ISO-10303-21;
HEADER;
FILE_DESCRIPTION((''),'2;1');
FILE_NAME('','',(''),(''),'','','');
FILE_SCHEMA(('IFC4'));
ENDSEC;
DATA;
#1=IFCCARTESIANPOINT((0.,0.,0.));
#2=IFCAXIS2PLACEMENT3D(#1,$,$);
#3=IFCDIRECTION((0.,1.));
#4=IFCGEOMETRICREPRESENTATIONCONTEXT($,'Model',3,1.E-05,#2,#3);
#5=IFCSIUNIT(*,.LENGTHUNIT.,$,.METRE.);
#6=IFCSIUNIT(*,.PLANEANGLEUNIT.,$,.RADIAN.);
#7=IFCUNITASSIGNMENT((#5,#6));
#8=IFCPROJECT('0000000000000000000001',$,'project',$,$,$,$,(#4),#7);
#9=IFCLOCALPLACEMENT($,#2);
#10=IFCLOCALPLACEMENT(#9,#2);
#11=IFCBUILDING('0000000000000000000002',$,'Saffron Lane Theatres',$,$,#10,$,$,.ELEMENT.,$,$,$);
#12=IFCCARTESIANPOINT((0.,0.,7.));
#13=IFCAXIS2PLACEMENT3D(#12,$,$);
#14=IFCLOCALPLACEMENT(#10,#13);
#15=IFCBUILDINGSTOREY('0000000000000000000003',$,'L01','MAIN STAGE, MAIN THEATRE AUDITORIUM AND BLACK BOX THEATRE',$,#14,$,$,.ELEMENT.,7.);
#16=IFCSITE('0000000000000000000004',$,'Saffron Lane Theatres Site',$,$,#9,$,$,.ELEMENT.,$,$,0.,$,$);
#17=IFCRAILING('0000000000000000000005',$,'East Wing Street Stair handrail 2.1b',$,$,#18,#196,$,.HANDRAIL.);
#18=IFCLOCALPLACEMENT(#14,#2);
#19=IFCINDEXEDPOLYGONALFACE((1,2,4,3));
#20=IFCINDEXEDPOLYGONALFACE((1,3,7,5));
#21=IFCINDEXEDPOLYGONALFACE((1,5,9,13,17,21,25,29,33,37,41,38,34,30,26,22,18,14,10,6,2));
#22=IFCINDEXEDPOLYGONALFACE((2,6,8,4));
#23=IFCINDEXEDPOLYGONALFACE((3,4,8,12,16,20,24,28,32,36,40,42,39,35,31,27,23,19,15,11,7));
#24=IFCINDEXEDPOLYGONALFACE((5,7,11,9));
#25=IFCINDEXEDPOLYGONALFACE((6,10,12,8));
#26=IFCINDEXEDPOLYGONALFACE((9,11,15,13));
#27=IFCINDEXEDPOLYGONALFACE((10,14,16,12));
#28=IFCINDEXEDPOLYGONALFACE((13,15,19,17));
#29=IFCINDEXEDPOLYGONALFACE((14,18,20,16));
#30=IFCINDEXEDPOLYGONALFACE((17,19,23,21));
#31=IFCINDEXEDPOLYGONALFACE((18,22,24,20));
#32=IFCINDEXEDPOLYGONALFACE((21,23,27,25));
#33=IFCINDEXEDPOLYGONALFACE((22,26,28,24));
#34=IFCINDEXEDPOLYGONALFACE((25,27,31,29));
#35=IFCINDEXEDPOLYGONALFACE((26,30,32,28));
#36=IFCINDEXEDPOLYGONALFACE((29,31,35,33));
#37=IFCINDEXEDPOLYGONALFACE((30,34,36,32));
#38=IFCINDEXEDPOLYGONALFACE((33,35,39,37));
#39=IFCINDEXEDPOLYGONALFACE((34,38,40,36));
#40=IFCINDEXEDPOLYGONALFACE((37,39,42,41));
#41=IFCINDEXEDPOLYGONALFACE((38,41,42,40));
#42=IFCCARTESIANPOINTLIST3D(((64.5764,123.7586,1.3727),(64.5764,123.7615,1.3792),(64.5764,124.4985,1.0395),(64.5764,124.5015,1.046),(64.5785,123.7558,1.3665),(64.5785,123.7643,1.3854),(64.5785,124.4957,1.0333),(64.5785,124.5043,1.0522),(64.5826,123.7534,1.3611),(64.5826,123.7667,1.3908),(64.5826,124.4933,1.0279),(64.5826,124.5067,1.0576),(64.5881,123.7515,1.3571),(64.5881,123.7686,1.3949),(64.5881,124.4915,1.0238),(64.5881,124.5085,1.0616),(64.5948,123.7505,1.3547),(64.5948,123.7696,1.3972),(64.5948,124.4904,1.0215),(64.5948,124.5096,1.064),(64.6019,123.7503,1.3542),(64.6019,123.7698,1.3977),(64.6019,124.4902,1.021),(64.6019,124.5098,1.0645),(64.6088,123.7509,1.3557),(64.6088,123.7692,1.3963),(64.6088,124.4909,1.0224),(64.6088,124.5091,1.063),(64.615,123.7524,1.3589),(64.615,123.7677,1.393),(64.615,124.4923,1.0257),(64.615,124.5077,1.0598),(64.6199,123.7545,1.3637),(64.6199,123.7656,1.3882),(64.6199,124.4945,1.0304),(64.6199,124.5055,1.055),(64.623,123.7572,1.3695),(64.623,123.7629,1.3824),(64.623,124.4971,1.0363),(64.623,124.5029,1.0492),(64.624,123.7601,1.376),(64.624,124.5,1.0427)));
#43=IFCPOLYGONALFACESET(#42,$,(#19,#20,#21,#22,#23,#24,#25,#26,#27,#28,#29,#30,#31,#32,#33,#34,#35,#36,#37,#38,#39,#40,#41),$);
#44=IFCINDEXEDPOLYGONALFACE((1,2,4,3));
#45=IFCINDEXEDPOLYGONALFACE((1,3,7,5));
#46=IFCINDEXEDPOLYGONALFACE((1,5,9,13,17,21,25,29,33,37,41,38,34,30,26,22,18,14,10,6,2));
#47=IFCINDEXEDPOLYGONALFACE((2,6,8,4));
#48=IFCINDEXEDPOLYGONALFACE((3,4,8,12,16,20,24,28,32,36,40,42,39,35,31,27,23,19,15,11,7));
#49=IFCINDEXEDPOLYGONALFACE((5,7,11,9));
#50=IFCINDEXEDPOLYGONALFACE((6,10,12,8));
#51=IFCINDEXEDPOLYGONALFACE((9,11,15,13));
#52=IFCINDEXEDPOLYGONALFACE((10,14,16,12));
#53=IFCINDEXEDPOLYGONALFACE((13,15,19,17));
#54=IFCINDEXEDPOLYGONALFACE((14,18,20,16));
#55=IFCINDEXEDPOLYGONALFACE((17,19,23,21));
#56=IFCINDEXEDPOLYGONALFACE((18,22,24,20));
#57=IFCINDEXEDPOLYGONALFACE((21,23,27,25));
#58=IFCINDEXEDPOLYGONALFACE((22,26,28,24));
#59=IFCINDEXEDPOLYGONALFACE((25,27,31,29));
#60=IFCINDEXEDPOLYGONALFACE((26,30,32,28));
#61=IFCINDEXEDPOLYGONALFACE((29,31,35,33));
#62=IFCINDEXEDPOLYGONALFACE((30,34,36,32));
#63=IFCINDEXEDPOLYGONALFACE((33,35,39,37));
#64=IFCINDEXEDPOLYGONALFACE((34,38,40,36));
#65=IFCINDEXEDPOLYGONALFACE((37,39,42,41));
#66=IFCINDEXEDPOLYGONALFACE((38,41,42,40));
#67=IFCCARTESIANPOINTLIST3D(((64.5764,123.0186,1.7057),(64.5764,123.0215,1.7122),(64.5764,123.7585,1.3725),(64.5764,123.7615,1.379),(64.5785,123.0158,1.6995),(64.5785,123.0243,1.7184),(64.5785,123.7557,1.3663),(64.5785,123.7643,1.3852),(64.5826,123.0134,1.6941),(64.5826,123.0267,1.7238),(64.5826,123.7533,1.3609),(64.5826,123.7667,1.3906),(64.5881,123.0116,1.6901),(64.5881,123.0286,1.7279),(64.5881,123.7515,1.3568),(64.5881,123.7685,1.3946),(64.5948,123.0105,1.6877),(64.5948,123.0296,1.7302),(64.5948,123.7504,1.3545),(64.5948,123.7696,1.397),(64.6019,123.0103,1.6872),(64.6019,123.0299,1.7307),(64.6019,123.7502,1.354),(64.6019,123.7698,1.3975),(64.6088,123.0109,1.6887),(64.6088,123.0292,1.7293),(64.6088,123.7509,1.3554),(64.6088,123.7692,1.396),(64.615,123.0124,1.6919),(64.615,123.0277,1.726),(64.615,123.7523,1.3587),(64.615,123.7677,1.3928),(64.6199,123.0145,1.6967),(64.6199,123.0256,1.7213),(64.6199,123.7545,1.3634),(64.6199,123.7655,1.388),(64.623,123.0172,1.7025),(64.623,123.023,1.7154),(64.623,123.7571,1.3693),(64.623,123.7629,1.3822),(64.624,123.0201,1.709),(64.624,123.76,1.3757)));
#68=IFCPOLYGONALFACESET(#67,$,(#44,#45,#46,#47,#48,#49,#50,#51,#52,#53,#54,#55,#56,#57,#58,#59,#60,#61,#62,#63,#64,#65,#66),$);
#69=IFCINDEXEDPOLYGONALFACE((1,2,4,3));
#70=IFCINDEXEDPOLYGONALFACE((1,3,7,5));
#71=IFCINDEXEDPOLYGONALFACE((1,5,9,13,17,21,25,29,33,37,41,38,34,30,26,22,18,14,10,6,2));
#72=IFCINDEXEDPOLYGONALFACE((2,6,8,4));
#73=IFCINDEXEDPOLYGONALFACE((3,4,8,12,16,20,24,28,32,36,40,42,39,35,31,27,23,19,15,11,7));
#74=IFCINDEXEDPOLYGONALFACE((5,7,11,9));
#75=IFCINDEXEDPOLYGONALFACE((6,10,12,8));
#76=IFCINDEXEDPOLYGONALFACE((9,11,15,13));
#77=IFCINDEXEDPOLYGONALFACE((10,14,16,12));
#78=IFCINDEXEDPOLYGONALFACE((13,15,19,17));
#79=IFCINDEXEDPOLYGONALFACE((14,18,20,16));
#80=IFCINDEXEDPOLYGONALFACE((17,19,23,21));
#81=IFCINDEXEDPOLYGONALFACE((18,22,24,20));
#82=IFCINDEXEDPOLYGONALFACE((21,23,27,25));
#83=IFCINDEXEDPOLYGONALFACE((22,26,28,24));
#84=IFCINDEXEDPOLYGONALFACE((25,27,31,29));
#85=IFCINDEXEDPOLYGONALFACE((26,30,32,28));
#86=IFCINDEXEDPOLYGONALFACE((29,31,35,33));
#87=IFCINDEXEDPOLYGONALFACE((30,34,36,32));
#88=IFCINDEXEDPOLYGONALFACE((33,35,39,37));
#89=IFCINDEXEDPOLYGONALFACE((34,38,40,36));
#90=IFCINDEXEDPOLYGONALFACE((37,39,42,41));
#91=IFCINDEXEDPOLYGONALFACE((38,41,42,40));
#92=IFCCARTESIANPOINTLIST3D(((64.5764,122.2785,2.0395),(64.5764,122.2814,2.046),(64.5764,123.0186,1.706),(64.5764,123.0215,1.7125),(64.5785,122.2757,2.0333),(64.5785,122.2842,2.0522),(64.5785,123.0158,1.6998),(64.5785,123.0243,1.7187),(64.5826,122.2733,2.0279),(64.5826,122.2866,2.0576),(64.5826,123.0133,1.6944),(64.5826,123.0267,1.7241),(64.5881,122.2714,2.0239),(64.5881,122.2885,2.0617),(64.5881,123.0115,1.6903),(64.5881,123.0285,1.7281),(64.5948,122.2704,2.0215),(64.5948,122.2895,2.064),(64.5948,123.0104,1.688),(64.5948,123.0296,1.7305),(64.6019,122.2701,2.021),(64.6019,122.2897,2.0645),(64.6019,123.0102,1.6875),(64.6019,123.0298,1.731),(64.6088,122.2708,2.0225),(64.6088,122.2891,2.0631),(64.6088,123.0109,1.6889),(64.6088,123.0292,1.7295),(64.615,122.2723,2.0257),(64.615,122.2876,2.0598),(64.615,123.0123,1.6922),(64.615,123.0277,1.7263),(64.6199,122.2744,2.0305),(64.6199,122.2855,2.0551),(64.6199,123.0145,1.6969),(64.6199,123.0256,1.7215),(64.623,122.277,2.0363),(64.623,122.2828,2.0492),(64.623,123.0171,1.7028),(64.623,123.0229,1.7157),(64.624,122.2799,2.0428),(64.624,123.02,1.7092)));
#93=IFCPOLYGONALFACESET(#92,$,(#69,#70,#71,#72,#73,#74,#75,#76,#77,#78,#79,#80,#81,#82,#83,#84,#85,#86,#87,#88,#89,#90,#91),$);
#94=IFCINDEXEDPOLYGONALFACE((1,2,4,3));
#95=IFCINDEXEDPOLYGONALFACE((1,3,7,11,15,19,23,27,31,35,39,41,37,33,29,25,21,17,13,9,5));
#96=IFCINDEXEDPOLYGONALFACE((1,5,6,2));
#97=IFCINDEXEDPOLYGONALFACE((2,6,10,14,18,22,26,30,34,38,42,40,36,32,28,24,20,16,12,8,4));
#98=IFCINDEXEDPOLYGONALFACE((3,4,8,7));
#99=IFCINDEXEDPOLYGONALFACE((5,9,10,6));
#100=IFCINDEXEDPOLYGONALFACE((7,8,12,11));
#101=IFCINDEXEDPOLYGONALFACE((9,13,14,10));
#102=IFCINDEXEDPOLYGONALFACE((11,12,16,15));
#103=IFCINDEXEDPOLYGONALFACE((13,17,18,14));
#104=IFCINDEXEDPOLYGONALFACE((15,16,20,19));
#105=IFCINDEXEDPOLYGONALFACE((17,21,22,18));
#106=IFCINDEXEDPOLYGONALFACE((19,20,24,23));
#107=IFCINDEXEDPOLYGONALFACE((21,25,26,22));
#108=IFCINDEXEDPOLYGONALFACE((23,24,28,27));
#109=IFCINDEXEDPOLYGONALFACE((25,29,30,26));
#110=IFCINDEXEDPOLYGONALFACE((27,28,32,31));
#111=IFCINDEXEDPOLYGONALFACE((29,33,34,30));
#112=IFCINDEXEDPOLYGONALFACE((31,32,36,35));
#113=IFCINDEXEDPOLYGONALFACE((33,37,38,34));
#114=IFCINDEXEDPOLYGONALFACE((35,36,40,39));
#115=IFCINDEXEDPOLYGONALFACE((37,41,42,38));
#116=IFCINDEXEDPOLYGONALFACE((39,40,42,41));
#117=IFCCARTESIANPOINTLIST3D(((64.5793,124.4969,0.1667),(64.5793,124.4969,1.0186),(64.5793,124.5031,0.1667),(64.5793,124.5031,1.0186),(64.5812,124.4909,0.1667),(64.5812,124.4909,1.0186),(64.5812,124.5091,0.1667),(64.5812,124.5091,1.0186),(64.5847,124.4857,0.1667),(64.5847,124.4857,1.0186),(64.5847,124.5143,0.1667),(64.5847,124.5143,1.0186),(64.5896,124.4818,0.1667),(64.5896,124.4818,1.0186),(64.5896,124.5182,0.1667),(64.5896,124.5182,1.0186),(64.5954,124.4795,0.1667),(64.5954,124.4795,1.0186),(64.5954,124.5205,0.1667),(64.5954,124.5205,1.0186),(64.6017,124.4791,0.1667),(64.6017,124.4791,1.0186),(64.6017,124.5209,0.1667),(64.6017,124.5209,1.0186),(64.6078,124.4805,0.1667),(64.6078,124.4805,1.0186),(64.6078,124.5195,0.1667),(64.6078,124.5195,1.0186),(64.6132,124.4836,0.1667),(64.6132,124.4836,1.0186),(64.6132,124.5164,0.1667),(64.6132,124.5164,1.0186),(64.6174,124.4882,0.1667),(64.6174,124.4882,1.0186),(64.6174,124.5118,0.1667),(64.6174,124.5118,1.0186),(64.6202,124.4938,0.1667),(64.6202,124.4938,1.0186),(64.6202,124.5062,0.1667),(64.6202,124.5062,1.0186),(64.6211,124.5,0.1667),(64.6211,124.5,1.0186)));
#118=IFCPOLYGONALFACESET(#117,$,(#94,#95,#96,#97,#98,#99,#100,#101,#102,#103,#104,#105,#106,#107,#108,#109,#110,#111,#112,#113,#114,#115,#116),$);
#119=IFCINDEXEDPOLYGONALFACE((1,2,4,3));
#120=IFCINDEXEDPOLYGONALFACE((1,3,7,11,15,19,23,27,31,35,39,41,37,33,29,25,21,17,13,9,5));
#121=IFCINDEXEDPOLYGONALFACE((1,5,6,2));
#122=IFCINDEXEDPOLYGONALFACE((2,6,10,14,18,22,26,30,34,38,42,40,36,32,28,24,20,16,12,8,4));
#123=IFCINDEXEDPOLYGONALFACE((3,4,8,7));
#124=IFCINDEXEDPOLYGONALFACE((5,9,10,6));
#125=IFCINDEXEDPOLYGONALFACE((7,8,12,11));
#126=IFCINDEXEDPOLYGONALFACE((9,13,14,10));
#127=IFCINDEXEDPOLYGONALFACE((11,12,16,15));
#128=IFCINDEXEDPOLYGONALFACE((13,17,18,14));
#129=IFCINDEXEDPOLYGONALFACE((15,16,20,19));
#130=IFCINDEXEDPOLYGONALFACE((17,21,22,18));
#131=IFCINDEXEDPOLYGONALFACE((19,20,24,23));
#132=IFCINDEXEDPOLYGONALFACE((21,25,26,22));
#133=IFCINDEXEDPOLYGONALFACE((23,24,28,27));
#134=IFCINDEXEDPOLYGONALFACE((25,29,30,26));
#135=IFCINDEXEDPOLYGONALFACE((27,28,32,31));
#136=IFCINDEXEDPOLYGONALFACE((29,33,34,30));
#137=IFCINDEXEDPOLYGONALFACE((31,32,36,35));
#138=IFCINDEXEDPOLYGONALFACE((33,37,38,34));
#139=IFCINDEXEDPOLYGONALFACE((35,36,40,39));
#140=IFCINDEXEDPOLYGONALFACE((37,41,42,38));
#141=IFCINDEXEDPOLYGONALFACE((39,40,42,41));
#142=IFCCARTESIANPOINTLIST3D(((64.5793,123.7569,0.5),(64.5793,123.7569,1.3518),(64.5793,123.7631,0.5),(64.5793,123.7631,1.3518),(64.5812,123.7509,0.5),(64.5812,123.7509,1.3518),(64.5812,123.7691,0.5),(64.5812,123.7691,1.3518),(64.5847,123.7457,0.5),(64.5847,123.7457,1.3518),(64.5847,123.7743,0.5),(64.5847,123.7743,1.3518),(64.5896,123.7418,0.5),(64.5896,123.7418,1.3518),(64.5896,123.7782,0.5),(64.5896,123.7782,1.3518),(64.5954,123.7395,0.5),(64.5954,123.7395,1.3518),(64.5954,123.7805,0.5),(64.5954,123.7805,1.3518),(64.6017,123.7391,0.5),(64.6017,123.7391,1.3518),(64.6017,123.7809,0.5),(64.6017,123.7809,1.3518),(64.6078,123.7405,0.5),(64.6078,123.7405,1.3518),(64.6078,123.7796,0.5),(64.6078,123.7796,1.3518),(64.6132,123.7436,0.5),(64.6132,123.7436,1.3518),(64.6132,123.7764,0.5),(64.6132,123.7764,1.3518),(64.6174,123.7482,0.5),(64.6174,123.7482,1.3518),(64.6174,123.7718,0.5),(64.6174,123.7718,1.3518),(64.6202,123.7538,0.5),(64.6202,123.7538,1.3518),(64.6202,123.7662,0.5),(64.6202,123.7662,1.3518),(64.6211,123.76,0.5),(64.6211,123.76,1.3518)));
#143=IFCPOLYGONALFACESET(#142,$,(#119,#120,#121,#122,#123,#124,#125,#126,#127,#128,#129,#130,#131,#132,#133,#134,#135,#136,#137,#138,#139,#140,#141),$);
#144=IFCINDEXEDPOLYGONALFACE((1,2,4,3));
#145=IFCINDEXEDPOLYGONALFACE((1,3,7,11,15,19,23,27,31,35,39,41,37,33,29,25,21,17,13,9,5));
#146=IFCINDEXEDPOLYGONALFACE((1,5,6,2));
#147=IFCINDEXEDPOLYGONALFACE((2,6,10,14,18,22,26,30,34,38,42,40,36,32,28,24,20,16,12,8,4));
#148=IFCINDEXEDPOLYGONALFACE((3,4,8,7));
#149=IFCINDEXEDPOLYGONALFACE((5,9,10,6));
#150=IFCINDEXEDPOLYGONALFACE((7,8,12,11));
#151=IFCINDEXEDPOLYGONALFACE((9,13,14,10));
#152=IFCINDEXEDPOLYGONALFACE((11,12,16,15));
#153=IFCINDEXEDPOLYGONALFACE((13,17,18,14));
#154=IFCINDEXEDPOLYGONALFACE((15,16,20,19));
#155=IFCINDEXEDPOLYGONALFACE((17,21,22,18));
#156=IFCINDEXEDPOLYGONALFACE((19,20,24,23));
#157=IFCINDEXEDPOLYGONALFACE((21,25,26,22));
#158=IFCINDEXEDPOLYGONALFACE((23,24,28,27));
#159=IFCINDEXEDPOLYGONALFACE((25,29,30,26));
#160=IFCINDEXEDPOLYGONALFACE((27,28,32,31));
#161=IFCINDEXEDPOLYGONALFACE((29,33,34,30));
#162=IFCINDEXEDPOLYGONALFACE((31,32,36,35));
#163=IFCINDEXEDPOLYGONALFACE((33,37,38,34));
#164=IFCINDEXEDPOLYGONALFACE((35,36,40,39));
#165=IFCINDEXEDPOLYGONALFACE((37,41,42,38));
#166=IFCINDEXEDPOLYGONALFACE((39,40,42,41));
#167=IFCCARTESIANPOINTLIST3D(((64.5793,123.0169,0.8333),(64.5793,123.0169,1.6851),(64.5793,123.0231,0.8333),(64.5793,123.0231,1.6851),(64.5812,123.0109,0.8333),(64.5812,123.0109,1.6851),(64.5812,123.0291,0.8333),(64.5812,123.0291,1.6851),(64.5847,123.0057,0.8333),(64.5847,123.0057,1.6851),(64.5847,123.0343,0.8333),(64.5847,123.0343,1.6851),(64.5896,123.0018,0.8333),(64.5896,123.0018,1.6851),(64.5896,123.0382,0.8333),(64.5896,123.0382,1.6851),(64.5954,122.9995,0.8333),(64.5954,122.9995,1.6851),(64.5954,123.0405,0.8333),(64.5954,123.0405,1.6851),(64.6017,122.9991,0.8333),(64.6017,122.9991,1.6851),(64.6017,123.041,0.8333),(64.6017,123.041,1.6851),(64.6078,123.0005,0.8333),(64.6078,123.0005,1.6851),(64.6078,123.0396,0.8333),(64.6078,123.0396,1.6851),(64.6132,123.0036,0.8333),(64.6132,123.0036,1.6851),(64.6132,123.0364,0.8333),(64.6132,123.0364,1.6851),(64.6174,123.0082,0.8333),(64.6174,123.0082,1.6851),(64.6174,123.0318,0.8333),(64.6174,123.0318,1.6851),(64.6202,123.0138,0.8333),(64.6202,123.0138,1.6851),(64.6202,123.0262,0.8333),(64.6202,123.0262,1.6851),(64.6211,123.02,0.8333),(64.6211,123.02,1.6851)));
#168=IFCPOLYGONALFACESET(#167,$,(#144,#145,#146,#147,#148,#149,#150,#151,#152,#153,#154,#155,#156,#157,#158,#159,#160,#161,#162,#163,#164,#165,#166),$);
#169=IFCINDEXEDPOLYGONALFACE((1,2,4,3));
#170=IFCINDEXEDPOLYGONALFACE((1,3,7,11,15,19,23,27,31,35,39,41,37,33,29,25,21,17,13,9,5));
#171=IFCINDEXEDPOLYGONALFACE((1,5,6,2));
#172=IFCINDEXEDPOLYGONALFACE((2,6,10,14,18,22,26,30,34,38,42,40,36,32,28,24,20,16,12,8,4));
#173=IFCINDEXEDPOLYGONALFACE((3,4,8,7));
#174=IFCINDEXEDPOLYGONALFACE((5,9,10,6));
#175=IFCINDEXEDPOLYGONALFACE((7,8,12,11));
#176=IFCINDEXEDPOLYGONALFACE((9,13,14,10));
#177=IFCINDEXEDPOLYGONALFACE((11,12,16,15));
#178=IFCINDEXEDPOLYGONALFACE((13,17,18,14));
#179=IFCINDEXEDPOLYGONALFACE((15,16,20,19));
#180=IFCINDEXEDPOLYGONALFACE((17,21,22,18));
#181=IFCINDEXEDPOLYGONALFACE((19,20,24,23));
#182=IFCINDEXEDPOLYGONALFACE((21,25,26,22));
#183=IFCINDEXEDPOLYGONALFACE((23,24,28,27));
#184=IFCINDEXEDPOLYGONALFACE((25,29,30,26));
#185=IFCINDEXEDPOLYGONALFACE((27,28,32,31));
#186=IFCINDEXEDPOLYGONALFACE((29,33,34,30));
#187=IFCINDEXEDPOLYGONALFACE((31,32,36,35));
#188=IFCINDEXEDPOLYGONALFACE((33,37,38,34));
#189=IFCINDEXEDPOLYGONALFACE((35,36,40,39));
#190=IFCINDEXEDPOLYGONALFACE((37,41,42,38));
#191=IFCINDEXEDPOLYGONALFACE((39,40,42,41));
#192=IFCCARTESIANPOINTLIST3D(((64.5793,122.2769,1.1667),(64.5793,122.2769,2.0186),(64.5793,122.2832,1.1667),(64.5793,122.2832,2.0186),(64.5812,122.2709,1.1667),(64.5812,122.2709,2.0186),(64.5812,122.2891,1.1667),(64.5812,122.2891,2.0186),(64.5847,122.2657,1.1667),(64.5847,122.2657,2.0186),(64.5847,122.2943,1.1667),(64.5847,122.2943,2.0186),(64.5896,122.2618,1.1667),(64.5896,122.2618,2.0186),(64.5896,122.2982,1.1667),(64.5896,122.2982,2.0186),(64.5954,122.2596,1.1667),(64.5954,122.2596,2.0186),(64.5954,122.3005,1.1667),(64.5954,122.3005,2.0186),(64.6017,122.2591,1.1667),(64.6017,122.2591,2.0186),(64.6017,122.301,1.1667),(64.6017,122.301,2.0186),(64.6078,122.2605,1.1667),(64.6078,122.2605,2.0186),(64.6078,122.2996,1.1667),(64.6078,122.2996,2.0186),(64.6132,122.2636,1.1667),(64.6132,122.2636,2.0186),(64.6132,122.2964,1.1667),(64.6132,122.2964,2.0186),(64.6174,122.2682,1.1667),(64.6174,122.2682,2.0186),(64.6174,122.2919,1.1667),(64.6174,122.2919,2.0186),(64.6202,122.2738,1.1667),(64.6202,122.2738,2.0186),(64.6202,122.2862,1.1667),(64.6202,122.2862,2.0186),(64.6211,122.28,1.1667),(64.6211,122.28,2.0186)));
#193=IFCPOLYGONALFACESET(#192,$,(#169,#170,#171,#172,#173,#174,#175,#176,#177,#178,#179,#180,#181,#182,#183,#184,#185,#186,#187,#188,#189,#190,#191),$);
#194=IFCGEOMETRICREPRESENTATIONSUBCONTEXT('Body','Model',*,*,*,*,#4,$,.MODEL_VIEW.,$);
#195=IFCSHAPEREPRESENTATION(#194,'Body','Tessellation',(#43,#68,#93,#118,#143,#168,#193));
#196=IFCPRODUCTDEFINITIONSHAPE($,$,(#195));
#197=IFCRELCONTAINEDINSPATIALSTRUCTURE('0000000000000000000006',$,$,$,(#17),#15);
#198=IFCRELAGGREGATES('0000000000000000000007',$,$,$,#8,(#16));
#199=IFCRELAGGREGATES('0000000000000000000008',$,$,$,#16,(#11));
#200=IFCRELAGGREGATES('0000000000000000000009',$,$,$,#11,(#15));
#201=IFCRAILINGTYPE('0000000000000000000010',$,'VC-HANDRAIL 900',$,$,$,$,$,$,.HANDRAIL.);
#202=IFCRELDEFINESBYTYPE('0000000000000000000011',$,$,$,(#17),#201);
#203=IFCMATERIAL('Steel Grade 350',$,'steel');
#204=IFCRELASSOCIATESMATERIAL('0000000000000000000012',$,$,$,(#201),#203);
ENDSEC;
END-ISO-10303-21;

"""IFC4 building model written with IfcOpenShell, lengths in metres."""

from ifc_helpers import new_model, si_unit, direction, frame, origin, origin_2d, place, context, subcontext, project, spatial, circle, extrude, material, type_object, element, save


model = new_model("IFC4")

# Units and contexts
model_context = context("Model", 3, precision=1e-05, world=origin(), true_north=direction((0.0, 1.0)))
body_context = subcontext(model_context, "Body", "Model", "MODEL_VIEW")
ifc_project = project(units=[si_unit("LENGTHUNIT", "METRE"), si_unit("PLANEANGLEUNIT", "RADIAN")], contexts=[model_context])

# Site, building, storey
site_placement = place(None, origin())
site = spatial("IfcSite", under=ifc_project, at=site_placement, Name="Saffron Lane Theatres Site", CompositionType="ELEMENT", RefElevation=0.0)
building_placement = place(site_placement, origin())
building = spatial("IfcBuilding", under=site, at=building_placement, Name="Saffron Lane Theatres", CompositionType="ELEMENT")
storey_placement = place(building_placement, frame((0.0, 0.0, 7.0)))
storey = spatial("IfcBuildingStorey", under=building, at=storey_placement, Name="L01", Description="MAIN STAGE, MAIN THEATRE AUDITORIUM AND BLACK BOX THEATRE", CompositionType="ELEMENT", Elevation=7.0)

# Railing
ifc_material_1 = material(Name="Steel Grade 350", Category="steel")
railing_type_1 = type_object("IfcRailingType", Name="VC-HANDRAIL 900", PredefinedType="HANDRAIL", material=ifc_material_1)
for number, where, name in (
    (1, (64.6001, 124.5, 0.1667), "East Wing Street Stair handrail 2.1b"),
):
    element("IfcRailing", number, at=place(storey_placement, frame(where)), inside=storey, type_object=railing_type_1, Name=name, PredefinedType="HANDRAIL", context=body_context, shape_type="SweptSolid", body=[
        extrude(circle(Radius=0.0239, at=origin_2d()), frame((0.0, 0.0, 0.876), z_axis=(0.0, -0.911803, 0.410627), x_axis=(1.0, 0.0, 0.0)), (0.0, 0.0, 1.0), 0.8115),
        extrude(circle(Radius=0.0239, at=origin_2d()), frame((0.0, -0.74, 1.209), z_axis=(0.0, -0.911803, 0.410627), x_axis=(1.0, 0.0, 0.0)), (0.0, 0.0, 1.0), 0.8115),
        extrude(circle(Radius=0.0239, at=origin_2d()), frame((0.0, -1.48, 1.5425), z_axis=(0.0, -0.911691, 0.410877), x_axis=(1.0, 0.0, 0.0)), (0.0, 0.0, 1.0), 0.8118),
        extrude(circle(Radius=0.021, at=origin_2d()), origin(), (0.0, 0.0, 1.0), 0.8518),
        extrude(circle(Radius=0.021, at=origin_2d()), frame((0.0, -0.74, 0.3333)), (0.0, 0.0, 1.0), 0.8518),
        extrude(circle(Radius=0.021, at=origin_2d()), frame((0.0, -1.48, 0.6665)), (0.0, 0.0, 1.0), 0.8518),
        extrude(circle(Radius=0.021, at=origin_2d()), frame((0.0, -2.22, 1.0)), (0.0, 0.0, 1.0), 0.8518),
    ])

save(model, "model.ifc")
